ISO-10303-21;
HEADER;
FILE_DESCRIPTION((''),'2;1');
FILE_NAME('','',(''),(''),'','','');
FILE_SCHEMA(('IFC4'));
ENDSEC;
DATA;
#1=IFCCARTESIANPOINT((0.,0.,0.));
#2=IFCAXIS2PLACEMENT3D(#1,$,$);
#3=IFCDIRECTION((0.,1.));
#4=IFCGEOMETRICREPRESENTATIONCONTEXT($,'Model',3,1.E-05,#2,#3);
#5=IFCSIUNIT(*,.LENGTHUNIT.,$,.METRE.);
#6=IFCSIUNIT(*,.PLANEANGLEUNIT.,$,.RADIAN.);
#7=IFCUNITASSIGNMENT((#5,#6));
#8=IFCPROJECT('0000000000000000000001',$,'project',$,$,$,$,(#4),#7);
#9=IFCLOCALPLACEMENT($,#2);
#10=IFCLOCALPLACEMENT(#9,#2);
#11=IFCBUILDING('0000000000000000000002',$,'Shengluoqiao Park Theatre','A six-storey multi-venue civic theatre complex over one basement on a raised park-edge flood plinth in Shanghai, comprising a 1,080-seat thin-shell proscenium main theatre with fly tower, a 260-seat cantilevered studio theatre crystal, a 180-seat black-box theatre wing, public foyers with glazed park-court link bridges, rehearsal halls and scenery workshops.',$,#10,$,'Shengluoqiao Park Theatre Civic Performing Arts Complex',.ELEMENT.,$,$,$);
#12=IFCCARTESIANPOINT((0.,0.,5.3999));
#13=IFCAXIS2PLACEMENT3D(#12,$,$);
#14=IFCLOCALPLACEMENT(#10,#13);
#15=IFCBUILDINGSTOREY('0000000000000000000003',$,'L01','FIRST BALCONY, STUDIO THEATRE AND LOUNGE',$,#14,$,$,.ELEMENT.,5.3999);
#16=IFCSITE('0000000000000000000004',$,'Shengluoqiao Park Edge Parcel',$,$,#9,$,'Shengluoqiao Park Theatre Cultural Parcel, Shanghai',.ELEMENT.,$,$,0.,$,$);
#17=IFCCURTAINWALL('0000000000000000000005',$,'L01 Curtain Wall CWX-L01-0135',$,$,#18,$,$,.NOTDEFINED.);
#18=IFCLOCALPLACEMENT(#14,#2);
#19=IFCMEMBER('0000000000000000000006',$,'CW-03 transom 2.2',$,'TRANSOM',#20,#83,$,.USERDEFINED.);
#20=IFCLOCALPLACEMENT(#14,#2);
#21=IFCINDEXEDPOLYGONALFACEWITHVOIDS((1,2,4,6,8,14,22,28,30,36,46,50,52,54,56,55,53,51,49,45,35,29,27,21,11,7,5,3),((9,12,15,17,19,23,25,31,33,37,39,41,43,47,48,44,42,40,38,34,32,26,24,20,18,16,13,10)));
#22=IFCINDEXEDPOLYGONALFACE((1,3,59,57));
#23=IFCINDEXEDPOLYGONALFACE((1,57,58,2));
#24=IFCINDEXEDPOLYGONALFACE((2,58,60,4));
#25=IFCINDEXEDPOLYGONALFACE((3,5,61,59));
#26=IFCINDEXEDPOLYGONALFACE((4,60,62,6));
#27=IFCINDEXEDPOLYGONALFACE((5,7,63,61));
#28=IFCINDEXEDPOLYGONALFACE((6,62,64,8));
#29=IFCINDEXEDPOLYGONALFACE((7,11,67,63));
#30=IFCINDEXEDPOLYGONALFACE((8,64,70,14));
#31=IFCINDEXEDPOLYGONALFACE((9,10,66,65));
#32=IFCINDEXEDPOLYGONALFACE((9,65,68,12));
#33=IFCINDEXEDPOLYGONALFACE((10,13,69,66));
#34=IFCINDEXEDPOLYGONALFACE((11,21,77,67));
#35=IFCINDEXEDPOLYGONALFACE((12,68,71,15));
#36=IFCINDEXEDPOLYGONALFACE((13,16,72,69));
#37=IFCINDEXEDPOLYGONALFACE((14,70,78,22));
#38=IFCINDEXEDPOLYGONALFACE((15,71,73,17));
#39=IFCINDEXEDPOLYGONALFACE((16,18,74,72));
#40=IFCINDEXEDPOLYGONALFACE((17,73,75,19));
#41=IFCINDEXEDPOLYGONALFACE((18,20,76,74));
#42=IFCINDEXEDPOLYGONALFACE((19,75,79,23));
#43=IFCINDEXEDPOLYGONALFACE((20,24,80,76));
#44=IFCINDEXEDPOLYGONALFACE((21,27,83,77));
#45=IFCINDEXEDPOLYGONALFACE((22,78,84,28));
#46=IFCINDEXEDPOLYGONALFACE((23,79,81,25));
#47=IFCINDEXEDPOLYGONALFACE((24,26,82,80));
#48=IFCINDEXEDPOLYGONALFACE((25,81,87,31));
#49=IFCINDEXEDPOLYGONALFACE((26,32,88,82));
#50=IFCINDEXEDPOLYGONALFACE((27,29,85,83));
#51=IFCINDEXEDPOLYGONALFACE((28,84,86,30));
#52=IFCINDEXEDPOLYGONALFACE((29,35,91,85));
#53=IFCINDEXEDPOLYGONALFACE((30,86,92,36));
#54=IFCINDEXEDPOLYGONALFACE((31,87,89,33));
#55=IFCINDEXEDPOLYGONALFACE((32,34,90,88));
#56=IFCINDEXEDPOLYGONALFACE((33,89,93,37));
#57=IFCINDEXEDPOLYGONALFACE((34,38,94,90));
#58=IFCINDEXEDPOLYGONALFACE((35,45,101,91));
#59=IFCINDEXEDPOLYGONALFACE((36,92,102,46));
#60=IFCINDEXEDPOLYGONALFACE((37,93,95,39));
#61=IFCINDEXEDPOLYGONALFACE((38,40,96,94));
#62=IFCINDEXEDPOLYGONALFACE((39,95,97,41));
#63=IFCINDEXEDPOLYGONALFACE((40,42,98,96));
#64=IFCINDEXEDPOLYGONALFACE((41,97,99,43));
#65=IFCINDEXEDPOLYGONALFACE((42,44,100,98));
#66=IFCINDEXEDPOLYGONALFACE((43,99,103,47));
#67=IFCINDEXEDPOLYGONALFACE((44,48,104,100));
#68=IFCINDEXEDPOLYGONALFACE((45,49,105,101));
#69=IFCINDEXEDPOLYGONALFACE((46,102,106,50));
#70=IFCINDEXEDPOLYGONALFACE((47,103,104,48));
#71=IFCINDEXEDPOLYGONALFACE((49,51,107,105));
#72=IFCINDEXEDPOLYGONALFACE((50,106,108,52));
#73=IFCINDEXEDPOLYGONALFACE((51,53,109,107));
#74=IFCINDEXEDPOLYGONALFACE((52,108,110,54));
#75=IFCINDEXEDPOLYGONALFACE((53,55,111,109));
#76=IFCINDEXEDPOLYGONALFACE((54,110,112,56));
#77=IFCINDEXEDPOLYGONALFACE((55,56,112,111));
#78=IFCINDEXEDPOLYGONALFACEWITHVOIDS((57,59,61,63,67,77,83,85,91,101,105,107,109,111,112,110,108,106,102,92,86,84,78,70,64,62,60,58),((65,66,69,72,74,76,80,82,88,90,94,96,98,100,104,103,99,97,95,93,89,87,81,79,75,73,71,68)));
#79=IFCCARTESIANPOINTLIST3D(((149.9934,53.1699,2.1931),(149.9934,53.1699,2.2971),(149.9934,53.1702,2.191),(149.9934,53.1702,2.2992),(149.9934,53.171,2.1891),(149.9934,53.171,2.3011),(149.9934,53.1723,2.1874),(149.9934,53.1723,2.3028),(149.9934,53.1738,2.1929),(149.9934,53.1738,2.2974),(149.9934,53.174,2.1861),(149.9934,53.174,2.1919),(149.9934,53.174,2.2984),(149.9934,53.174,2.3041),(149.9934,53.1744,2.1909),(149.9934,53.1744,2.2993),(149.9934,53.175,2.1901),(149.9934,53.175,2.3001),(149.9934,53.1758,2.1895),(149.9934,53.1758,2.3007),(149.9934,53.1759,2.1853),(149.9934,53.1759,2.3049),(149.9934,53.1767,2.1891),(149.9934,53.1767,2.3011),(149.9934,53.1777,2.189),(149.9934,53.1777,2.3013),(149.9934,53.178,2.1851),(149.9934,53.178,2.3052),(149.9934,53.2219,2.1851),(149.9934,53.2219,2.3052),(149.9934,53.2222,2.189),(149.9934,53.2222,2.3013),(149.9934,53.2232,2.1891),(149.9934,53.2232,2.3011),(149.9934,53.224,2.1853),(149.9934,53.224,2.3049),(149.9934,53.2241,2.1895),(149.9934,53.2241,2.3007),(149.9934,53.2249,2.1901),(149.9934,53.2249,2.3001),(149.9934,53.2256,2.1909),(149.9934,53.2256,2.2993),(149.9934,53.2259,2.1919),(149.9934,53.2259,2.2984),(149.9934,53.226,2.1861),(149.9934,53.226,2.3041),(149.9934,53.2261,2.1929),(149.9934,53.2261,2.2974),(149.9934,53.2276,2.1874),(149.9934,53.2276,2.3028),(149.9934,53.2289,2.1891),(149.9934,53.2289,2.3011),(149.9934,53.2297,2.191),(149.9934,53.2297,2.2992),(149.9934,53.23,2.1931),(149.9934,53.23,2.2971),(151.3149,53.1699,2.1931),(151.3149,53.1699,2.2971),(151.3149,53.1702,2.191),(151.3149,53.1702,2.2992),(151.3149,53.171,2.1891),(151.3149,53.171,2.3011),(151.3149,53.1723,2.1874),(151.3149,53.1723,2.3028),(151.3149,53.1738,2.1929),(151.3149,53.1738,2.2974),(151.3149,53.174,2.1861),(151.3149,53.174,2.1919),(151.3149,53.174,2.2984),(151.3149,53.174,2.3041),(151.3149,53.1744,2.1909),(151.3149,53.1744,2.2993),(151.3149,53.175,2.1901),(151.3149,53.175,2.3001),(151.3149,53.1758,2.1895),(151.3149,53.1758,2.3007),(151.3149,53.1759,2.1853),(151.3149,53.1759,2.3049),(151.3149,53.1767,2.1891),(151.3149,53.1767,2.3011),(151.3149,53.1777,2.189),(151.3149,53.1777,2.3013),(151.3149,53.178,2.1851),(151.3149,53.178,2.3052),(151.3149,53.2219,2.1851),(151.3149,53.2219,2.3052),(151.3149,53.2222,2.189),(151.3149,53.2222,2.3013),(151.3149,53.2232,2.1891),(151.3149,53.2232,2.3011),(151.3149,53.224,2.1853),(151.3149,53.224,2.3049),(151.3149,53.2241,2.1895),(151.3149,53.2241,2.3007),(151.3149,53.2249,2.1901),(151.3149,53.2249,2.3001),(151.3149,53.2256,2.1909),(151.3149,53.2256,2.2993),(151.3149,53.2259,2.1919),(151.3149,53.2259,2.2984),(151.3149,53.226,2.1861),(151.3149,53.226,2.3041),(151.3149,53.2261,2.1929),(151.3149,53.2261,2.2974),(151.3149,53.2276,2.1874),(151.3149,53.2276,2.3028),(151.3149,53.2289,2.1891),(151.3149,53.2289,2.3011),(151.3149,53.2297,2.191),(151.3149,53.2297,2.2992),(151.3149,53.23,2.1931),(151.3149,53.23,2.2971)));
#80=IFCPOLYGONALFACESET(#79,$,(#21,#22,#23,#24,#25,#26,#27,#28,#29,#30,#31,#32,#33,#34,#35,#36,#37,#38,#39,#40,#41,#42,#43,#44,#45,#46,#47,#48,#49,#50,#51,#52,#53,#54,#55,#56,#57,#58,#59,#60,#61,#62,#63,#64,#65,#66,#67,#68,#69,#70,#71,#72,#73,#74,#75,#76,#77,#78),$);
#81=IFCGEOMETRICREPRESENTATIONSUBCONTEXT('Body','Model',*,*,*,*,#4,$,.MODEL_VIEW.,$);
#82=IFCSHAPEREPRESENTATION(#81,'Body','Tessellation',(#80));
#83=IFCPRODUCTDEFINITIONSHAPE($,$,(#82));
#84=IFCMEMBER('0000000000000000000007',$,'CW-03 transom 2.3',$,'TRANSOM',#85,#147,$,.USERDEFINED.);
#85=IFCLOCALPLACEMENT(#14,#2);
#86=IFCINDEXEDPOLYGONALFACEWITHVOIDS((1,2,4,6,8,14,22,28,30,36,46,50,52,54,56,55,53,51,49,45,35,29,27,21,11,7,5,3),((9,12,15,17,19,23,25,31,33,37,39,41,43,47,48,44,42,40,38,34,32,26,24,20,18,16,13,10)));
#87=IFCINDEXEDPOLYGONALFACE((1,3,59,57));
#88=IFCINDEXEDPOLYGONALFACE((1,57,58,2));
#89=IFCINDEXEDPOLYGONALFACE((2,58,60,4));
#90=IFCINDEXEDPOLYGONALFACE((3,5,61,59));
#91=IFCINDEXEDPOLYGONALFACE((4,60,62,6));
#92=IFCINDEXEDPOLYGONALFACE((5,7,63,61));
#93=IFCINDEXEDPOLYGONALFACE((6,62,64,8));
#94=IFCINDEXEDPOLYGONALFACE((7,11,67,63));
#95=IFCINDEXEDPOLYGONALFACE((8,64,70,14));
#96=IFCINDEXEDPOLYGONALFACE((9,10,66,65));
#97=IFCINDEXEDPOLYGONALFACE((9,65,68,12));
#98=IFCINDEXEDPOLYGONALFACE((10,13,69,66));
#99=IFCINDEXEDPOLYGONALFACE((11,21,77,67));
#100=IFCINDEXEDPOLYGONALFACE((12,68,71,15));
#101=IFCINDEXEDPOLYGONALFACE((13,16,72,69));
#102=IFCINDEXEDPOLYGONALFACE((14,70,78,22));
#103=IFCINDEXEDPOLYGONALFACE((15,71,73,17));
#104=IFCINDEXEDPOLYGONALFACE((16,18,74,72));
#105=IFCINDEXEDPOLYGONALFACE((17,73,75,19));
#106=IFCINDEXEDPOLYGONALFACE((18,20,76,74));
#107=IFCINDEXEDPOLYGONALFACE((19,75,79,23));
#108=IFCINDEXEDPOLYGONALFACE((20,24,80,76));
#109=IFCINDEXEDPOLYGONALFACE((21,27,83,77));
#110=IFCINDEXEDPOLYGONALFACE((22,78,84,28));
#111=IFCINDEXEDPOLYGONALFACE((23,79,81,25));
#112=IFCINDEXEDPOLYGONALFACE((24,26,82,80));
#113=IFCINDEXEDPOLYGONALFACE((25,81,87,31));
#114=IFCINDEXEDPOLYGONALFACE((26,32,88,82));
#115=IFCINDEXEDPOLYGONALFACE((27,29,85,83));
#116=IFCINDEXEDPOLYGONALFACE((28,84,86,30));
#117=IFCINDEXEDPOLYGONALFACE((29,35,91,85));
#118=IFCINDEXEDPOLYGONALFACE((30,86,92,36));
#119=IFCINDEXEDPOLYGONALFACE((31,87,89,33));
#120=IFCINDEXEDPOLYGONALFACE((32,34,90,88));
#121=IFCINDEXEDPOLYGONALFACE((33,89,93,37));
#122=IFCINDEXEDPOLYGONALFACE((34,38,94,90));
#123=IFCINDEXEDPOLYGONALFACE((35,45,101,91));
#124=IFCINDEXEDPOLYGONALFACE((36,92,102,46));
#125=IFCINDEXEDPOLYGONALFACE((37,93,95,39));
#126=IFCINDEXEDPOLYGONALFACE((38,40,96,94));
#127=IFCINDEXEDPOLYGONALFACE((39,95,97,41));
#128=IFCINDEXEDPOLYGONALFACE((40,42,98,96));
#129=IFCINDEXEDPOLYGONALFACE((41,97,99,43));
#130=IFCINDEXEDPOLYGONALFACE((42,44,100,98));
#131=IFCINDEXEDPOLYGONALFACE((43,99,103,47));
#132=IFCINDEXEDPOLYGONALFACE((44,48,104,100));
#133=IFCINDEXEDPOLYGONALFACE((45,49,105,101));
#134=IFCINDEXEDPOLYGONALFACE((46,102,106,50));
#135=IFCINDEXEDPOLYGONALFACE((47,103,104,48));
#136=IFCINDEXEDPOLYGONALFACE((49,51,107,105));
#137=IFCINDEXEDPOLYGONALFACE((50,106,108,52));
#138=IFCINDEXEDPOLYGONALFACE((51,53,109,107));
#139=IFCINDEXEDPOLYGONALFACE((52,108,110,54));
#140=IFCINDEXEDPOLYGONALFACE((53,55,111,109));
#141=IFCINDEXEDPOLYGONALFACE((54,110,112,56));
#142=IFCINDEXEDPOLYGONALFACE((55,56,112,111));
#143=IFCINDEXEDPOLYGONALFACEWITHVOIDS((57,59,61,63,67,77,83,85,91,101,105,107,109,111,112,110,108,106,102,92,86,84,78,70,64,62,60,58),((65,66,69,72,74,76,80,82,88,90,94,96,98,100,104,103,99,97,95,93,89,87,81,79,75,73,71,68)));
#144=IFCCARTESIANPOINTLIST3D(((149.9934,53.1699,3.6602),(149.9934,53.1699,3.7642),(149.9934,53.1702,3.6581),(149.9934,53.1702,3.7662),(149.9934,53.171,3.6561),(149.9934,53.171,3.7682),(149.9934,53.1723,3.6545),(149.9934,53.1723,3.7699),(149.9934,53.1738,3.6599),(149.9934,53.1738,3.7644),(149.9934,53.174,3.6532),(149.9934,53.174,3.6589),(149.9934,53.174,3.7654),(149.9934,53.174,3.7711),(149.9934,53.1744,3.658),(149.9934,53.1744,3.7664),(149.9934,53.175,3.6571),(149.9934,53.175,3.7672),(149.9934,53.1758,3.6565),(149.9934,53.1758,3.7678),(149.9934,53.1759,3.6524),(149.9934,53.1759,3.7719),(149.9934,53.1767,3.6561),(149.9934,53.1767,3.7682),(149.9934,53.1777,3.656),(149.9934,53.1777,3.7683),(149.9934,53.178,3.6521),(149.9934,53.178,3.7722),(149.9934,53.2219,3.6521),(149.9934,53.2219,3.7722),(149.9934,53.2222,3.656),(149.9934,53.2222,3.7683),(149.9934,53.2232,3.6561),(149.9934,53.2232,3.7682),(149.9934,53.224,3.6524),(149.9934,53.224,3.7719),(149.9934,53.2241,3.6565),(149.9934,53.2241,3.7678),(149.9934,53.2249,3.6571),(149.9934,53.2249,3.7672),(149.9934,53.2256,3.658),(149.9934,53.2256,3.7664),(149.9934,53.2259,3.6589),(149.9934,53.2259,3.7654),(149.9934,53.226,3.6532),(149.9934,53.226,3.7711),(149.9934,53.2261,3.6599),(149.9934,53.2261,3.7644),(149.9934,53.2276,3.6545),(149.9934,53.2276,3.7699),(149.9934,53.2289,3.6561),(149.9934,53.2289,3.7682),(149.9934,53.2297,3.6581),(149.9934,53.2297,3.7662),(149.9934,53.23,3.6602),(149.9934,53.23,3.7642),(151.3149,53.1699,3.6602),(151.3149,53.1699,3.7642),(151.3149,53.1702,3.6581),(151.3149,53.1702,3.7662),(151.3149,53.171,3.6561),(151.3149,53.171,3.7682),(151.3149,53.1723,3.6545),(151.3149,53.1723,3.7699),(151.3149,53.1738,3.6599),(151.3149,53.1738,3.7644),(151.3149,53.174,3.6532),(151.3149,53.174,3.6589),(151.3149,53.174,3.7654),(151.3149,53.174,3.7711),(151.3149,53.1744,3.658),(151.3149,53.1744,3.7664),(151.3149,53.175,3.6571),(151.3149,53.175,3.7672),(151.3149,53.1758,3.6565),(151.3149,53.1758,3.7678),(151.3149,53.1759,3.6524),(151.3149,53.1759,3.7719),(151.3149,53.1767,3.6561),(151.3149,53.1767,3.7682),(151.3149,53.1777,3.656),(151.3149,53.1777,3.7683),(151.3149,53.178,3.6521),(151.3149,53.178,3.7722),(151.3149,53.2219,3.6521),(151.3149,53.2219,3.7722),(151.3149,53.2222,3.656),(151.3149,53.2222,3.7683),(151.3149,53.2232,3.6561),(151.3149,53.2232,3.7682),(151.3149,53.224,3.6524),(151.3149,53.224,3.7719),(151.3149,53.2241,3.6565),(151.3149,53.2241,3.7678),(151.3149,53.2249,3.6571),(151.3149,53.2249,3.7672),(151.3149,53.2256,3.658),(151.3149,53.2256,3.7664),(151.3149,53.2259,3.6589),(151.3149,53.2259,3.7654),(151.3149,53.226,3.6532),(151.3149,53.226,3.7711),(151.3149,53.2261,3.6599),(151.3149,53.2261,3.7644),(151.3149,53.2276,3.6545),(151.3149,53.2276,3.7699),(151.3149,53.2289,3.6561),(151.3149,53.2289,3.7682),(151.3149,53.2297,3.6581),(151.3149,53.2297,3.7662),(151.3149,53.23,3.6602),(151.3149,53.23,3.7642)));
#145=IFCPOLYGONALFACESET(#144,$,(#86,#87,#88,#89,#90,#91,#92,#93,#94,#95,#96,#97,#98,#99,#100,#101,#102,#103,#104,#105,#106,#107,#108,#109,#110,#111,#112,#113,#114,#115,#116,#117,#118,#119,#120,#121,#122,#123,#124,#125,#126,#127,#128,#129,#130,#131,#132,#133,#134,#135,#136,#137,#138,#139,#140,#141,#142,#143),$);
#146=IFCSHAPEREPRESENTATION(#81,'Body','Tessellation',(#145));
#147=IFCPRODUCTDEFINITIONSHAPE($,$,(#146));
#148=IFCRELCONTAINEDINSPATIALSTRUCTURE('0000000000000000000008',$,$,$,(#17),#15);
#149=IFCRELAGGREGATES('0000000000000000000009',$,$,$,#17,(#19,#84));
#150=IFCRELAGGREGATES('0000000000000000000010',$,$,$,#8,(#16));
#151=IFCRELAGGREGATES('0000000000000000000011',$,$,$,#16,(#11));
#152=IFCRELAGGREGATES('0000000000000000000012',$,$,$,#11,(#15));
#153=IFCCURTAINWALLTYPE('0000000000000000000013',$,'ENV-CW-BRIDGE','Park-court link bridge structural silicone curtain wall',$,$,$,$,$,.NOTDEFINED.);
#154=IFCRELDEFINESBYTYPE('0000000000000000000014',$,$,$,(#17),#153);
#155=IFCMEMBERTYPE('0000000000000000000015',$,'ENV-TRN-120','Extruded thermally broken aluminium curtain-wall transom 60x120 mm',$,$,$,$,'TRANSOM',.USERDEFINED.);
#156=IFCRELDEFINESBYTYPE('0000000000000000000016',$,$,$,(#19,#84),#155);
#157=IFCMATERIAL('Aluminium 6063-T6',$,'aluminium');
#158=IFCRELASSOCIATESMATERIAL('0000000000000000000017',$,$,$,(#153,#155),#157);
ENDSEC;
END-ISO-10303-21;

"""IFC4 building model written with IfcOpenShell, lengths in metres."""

from ifc_helpers import new_model, si_unit, direction, frame, origin, origin_2d, place, context, subcontext, project, spatial, hollow_rectangle, extrude, material, material_profile, profile_set, type_object, element, aggregate, save


model = new_model("IFC4")

# Units and contexts
model_context = context("Model", 3, precision=1e-05, world=origin(), true_north=direction((0.0, 1.0)))
body_context = subcontext(model_context, "Body", "Model", "MODEL_VIEW")
ifc_project = project(units=[si_unit("LENGTHUNIT", "METRE"), si_unit("PLANEANGLEUNIT", "RADIAN")], contexts=[model_context])

# Site, building, storey
site_placement = place(None, origin())
site = spatial("IfcSite", under=ifc_project, at=site_placement, Name="Shengluoqiao Park Edge Parcel", LongName="Shengluoqiao Park Theatre Cultural Parcel, Shanghai", CompositionType="ELEMENT", RefElevation=0.0)
building_placement = place(site_placement, origin())
building = spatial("IfcBuilding", under=site, at=building_placement, Name="Shengluoqiao Park Theatre", Description="A six-storey multi-venue civic theatre complex over one basement on a raised park-edge flood plinth in Shanghai, comprising a 1,080-seat thin-shell proscenium main theatre with fly tower, a 260-seat cantilevered studio theatre crystal, a 180-seat black-box theatre wing, public foyers with glazed park-court link bridges, rehearsal halls and scenery workshops.", LongName="Shengluoqiao Park Theatre Civic Performing Arts Complex", CompositionType="ELEMENT")
storey_placement = place(building_placement, frame((0.0, 0.0, 5.3999)))
storey = spatial("IfcBuildingStorey", under=building, at=storey_placement, Name="L01", Description="FIRST BALCONY, STUDIO THEATRE AND LOUNGE", CompositionType="ELEMENT", Elevation=5.3999)

# Curtain wall, members
ifc_material_1 = material(Name="Aluminium 6063-T6", Category="aluminium")
curtain_wall_type = type_object("IfcCurtainWallType", Name="ENV-CW-BRIDGE", Description="Park-court link bridge structural silicone curtain wall", PredefinedType="NOTDEFINED", material=ifc_material_1)
curtain_wall_placement = place(storey_placement, origin())
curtain_wall = element("IfcCurtainWall", 1, at=curtain_wall_placement, inside=storey, type_object=curtain_wall_type, Name="L01 Curtain Wall CWX-L01-0135", PredefinedType="NOTDEFINED")
ifc_material_profile_1 = material_profile(ifc_material_1, hollow_rectangle(XDim=0.0601, YDim=0.1201, WallThickness=0.0039, InnerFilletRadius=0.0039, OuterFilletRadius=0.0081, at=origin_2d()), Name="ALU TRANSOM 120x60x4")
ifc_profile_set_1 = profile_set([ifc_material_profile_1], Name="Aluminium 6063-T6")
member_type_1 = type_object("IfcMemberType", Name="ENV-TRN-120", Description="Extruded thermally broken aluminium curtain-wall transom 60x120 mm", ElementType="TRANSOM", PredefinedType="USERDEFINED", material=ifc_profile_set_1)
member_1_placement = place(storey_placement, frame((149.9934, 53.2, 2.2451), z_axis=(1.0, 0.0, 0.0), x_axis=(0.0, 1.0, 0.0)))
member_1 = element("IfcMember", 2, at=member_1_placement, type_object=member_type_1, Name="CW-03 transom 2.2", ObjectType="TRANSOM", PredefinedType="USERDEFINED", context=body_context, shape_type="SweptSolid", body=[
    extrude(hollow_rectangle(XDim=0.0601, YDim=0.1201, WallThickness=0.0039, InnerFilletRadius=0.0039, OuterFilletRadius=0.0081, at=origin_2d()), origin(), (0.0, 0.0, 1.0), 1.3215),
])
member_2_placement = place(storey_placement, frame((149.9934, 53.2, 3.7122), z_axis=(1.0, 0.0, 0.0), x_axis=(0.0, 1.0, 0.0)))
member_2 = element("IfcMember", 3, at=member_2_placement, type_object=member_type_1, Name="CW-03 transom 2.3", ObjectType="TRANSOM", PredefinedType="USERDEFINED", context=body_context, shape_type="SweptSolid", body=[
    extrude(hollow_rectangle(XDim=0.0601, YDim=0.1201, WallThickness=0.0039, InnerFilletRadius=0.0039, OuterFilletRadius=0.0081, at=origin_2d()), origin(), (0.0, 0.0, 1.0), 1.3215),
])

aggregate(curtain_wall, [member_1, member_2])

save(model, "model.ifc")
